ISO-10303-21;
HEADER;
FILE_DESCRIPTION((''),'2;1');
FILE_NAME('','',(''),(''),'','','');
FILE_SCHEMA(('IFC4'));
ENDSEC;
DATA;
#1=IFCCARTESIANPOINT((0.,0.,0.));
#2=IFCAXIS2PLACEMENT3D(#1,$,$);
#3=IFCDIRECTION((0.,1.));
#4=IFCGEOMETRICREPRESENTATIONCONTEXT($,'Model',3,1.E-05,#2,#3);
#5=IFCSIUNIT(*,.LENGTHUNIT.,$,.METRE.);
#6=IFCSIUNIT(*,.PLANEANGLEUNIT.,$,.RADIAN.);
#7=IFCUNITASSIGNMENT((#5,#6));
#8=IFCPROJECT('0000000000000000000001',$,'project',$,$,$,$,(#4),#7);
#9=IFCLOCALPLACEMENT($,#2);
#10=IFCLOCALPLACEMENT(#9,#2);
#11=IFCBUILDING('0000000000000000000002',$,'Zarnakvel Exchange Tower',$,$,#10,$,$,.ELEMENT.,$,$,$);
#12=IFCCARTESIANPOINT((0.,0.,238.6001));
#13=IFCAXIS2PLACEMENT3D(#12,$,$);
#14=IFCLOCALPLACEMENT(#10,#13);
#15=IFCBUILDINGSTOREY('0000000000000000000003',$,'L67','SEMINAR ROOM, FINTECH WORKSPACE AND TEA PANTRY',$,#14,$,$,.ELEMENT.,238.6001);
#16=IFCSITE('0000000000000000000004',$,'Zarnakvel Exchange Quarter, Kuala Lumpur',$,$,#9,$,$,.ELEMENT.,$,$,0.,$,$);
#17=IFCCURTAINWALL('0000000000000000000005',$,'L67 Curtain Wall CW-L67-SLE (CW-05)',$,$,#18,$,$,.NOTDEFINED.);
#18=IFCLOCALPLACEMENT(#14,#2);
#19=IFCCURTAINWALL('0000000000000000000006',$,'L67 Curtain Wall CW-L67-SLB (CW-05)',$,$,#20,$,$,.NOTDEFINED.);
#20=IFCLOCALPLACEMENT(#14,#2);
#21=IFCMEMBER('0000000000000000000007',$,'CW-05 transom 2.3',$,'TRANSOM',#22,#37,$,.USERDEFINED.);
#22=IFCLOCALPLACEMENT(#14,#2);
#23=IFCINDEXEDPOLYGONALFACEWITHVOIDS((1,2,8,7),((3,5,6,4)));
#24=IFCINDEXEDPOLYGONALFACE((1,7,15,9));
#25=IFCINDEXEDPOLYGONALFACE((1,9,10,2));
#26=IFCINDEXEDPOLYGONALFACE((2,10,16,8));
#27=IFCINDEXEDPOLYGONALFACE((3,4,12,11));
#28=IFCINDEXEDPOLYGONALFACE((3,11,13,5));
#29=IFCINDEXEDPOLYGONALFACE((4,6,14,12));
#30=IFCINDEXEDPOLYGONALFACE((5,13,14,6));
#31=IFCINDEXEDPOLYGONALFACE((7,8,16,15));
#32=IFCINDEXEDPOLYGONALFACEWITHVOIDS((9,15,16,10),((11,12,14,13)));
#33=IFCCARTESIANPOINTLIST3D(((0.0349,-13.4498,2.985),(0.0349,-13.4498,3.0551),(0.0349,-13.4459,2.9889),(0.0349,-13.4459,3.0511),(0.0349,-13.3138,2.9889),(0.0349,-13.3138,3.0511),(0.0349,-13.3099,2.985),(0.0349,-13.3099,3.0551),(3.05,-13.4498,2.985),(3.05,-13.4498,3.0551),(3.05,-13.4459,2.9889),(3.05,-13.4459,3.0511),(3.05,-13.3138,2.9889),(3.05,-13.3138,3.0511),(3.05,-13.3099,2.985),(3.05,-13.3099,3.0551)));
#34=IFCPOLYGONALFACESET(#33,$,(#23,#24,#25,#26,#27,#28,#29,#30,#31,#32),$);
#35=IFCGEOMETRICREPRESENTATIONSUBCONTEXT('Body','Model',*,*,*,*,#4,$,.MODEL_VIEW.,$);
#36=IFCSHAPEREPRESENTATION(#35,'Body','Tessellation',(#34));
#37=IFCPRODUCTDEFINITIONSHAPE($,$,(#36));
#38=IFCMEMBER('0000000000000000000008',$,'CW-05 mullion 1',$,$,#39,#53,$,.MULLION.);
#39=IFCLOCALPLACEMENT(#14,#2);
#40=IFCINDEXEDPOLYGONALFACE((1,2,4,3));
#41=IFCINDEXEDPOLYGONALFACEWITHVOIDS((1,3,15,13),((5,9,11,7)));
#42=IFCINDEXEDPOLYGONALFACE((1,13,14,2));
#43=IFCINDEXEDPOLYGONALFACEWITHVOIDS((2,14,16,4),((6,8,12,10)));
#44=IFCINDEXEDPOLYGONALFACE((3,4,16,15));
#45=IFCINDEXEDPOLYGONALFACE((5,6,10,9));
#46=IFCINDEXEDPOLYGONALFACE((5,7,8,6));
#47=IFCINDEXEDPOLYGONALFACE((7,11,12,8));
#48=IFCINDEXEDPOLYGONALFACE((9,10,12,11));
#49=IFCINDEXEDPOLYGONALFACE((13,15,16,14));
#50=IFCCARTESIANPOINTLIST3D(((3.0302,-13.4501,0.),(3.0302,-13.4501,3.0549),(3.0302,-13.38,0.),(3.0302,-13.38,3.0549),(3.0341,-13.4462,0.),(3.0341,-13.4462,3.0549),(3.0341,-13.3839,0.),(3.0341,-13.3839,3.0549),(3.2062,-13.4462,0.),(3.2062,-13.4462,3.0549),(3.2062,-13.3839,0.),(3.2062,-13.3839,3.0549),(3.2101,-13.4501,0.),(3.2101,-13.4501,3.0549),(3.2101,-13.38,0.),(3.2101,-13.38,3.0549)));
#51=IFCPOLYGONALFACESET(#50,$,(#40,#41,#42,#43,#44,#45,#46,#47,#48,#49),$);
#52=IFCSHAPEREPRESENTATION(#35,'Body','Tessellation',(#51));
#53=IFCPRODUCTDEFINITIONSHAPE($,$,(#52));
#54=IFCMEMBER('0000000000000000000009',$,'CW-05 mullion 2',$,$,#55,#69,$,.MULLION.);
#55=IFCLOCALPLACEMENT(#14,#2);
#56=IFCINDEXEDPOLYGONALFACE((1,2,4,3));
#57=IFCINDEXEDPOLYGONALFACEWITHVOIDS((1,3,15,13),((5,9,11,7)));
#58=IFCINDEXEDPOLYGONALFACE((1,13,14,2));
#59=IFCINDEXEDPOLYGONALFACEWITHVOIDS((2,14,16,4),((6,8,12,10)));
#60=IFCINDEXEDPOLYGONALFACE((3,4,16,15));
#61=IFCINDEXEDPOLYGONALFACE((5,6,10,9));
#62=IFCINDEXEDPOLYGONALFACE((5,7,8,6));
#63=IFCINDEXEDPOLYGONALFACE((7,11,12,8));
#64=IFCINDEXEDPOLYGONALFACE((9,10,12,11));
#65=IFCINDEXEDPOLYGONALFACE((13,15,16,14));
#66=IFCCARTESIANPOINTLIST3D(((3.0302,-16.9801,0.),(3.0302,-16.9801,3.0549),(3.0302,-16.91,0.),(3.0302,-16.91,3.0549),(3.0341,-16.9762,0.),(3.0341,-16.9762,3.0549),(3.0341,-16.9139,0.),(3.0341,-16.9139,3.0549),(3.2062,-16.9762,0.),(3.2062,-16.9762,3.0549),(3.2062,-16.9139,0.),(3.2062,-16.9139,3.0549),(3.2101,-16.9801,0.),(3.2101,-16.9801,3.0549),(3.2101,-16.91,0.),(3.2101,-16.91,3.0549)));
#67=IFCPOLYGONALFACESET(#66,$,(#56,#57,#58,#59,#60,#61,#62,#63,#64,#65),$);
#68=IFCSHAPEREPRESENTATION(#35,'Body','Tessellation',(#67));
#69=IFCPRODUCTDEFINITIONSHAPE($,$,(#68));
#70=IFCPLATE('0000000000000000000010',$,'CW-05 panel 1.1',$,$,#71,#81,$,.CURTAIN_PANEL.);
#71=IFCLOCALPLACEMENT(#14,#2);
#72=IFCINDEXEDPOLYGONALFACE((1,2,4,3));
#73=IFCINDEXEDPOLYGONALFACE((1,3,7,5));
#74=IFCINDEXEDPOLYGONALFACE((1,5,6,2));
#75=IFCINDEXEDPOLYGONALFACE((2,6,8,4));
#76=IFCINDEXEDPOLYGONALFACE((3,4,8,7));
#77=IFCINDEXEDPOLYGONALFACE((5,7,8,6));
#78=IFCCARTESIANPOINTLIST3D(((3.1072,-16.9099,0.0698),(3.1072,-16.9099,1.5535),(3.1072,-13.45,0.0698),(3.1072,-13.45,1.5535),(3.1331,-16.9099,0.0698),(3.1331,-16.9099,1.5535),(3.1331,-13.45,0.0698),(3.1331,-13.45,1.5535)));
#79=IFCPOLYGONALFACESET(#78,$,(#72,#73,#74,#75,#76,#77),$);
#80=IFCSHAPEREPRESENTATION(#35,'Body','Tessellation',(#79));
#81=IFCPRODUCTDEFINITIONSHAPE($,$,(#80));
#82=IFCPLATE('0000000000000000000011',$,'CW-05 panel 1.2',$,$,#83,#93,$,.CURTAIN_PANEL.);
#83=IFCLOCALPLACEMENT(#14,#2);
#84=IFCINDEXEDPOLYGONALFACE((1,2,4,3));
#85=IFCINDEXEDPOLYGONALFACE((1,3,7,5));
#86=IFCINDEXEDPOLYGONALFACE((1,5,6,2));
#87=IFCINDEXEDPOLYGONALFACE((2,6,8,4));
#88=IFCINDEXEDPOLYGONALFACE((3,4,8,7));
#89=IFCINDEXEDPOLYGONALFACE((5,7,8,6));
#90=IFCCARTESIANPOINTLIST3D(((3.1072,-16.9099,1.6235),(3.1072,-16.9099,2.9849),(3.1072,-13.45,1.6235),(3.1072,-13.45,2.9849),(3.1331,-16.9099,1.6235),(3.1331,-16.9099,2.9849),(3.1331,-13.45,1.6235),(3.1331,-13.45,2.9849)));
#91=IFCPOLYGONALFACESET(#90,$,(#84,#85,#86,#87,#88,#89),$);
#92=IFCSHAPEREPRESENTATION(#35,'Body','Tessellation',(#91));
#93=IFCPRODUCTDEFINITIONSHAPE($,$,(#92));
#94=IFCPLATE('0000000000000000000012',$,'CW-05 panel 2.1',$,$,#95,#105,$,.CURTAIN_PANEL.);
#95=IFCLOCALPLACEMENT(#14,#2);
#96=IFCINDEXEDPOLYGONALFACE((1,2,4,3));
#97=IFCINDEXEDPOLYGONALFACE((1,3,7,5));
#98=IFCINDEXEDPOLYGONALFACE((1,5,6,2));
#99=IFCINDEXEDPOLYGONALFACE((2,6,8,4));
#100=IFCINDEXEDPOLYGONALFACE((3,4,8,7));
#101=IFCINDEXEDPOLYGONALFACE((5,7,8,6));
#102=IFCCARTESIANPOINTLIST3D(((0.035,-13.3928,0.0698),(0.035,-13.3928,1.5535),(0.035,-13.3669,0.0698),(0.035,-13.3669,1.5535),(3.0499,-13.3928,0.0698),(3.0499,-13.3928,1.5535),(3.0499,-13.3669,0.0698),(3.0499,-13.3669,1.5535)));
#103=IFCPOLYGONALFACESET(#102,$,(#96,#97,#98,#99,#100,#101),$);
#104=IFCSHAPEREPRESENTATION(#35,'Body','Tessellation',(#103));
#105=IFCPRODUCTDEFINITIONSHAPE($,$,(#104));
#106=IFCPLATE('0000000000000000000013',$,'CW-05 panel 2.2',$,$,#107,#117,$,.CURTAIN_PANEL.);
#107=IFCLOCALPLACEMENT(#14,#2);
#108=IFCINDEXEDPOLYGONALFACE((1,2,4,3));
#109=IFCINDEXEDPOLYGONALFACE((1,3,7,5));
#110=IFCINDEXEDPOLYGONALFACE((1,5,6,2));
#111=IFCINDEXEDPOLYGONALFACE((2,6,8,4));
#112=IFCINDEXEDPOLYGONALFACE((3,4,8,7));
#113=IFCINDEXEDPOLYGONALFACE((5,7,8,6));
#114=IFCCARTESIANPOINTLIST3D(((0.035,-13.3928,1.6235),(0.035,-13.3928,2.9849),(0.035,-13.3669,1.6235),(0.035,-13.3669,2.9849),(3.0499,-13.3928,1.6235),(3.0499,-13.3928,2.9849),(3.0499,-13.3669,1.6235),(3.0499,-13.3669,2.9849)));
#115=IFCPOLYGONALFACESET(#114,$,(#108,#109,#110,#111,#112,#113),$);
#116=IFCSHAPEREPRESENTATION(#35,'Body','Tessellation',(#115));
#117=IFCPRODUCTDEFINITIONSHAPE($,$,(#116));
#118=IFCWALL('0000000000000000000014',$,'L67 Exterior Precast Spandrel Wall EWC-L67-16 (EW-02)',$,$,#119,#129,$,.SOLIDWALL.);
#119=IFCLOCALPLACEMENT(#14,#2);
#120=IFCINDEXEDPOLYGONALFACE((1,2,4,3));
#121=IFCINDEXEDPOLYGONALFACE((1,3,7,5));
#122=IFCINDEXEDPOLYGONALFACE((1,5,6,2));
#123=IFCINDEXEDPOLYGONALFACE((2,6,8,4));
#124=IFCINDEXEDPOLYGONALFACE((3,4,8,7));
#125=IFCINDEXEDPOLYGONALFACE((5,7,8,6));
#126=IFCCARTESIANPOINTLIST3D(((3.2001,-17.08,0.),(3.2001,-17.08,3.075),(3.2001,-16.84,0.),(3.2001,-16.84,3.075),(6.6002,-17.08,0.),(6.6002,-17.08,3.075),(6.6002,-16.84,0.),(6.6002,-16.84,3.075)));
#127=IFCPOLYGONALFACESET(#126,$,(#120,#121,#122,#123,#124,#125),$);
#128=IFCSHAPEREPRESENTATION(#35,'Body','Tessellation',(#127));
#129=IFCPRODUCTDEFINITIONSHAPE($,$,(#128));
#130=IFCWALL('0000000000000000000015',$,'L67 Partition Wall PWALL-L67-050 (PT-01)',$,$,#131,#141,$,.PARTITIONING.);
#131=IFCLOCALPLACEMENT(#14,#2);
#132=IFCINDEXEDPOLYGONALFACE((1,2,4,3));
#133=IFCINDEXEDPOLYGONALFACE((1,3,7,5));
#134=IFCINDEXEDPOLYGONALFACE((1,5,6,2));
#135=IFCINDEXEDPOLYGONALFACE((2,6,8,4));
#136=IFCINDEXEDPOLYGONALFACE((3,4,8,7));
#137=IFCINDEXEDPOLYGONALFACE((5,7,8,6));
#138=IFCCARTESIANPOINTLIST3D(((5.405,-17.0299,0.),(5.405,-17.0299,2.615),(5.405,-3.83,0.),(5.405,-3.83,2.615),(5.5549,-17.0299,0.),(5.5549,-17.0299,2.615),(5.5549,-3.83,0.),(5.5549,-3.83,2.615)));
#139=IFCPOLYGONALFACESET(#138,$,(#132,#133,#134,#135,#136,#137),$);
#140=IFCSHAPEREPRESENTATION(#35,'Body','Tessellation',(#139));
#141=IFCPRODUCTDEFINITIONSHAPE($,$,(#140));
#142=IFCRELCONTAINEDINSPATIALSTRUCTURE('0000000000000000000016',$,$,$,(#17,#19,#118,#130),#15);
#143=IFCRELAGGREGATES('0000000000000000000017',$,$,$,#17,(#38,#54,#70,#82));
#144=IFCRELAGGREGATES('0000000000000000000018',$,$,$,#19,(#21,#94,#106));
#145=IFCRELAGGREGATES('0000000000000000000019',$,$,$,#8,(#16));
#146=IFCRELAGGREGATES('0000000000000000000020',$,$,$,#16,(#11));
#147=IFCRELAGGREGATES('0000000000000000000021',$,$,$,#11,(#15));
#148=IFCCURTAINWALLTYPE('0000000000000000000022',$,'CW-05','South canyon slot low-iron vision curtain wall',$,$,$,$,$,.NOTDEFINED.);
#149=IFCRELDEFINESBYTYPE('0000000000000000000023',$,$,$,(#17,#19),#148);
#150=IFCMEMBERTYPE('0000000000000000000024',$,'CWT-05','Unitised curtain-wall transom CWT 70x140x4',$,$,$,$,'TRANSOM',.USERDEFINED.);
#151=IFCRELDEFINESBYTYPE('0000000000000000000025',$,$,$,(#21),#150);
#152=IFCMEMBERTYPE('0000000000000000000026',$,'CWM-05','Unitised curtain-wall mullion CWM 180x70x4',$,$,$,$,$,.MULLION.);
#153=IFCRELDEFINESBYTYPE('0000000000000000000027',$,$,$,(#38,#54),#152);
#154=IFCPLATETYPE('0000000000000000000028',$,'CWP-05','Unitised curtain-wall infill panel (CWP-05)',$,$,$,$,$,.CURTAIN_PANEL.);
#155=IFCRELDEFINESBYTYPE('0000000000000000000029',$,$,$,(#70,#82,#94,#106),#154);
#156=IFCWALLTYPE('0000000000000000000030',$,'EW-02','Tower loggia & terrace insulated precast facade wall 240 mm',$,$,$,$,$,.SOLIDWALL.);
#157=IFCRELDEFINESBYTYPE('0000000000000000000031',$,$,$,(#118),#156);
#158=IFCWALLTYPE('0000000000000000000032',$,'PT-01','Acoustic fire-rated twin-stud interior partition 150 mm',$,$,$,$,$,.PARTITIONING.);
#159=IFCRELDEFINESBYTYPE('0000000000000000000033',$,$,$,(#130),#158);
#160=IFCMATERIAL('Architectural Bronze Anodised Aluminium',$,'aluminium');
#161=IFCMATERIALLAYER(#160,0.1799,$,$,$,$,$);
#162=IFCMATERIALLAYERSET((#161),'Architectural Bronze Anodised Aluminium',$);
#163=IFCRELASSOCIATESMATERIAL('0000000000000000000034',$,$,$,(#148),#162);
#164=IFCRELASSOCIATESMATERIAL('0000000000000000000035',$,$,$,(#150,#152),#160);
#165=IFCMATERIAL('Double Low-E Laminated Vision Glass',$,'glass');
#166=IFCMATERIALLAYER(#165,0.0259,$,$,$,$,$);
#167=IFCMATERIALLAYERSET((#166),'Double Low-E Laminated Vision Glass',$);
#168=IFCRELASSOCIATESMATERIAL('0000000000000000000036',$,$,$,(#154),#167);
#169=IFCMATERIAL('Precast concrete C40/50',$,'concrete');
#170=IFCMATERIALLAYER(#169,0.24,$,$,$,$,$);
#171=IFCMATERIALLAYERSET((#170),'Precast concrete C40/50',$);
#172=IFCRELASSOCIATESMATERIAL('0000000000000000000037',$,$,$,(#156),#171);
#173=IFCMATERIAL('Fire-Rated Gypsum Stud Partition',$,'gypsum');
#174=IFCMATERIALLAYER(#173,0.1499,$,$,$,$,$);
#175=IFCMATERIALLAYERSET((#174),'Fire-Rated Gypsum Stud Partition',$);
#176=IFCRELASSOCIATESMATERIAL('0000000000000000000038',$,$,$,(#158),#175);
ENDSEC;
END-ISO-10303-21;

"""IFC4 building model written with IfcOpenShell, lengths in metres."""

from ifc_helpers import new_model, si_unit, direction, frame, frame_2d, origin, origin_2d, place, context, subcontext, project, spatial, rectangle, hollow_rectangle, extrude, source, transform, mapped, material, layer, layer_set, material_profile, profile_set, type_object, element, aggregate, save


model = new_model("IFC4")

# Units and contexts
model_context = context("Model", 3, precision=1e-05, world=origin(), true_north=direction((0.0, 1.0)))
body_context = subcontext(model_context, "Body", "Model", "MODEL_VIEW")
ifc_project = project(units=[si_unit("LENGTHUNIT", "METRE"), si_unit("PLANEANGLEUNIT", "RADIAN")], contexts=[model_context])

# Site, building, storey
site_placement = place(None, origin())
site = spatial("IfcSite", under=ifc_project, at=site_placement, Name="Zarnakvel Exchange Quarter, Kuala Lumpur", CompositionType="ELEMENT", RefElevation=0.0)
building_placement = place(site_placement, origin())
building = spatial("IfcBuilding", under=site, at=building_placement, Name="Zarnakvel Exchange Tower", CompositionType="ELEMENT")
storey_placement = place(building_placement, frame((0.0, 0.0, 238.6001)))
storey = spatial("IfcBuildingStorey", under=building, at=storey_placement, Name="L67", Description="SEMINAR ROOM, FINTECH WORKSPACE AND TEA PANTRY", CompositionType="ELEMENT", Elevation=238.6001)

# Curtain walls, member
ifc_material_1 = material(Name="Architectural Bronze Anodised Aluminium", Category="aluminium")
ifc_layer_1 = layer(ifc_material_1, 0.1799)
ifc_layer_set_1 = layer_set([ifc_layer_1], Name="Architectural Bronze Anodised Aluminium")
curtain_wall_type = type_object("IfcCurtainWallType", Name="CW-05", Description="South canyon slot low-iron vision curtain wall", PredefinedType="NOTDEFINED", material=ifc_layer_set_1)
curtain_wall_1_placement = place(storey_placement, origin())
curtain_wall_1 = element("IfcCurtainWall", 1, at=curtain_wall_1_placement, inside=storey, type_object=curtain_wall_type, Name="L67 Curtain Wall CW-L67-SLE (CW-05)", PredefinedType="NOTDEFINED")
ifc_material_profile_1 = material_profile(ifc_material_1, hollow_rectangle(XDim=0.1399, YDim=0.0701, WallThickness=0.0039, at=origin_2d()))
ifc_profile_set_1 = profile_set([ifc_material_profile_1], Name="Architectural Bronze Anodised Aluminium")
member_type_1 = type_object("IfcMemberType", Name="CWT-05", Description="Unitised curtain-wall transom CWT 70x140x4", ElementType="TRANSOM", PredefinedType="USERDEFINED", material=ifc_profile_set_1)
curtain_wall_2_placement = place(storey_placement, origin())
curtain_wall_2 = element("IfcCurtainWall", 2, at=curtain_wall_2_placement, inside=storey, type_object=curtain_wall_type, Name="L67 Curtain Wall CW-L67-SLB (CW-05)", PredefinedType="NOTDEFINED")
shared_shape_1 = source(origin(), body_context, "Body", "SweptSolid", [
    extrude(hollow_rectangle(XDim=0.1399, YDim=0.0701, WallThickness=0.0039, at=origin_2d()), origin(), (0.0, 0.0, 1.0), 3.0151),
])
member_1_placement = place(storey_placement, frame((0.0349, -13.3799, 3.02), z_axis=(1.0, 0.0, 0.0), x_axis=(0.0, 1.0, 0.0)))
member_1 = element("IfcMember", 3, at=member_1_placement, type_object=member_type_1, Name="CW-05 transom 2.3", ObjectType="TRANSOM", PredefinedType="USERDEFINED", context=body_context, shape_type="MappedRepresentation", body=[
    mapped(shared_shape_1, transform((0.0, 0.0, 0.0), x_axis=(1.0, 0.0, 0.0), y_axis=(0.0, 1.0, 0.0), z_axis=(0.0, 0.0, 1.0), scale=1.0)),
])

# Members
ifc_material_profile_2 = material_profile(ifc_material_1, hollow_rectangle(XDim=0.1799, YDim=0.0701, WallThickness=0.0039, at=origin_2d()))
ifc_profile_set_2 = profile_set([ifc_material_profile_2], Name="Architectural Bronze Anodised Aluminium")
member_type_2 = type_object("IfcMemberType", Name="CWM-05", Description="Unitised curtain-wall mullion CWM 180x70x4", PredefinedType="MULLION", material=ifc_profile_set_2)
shared_shape_2 = source(origin(), body_context, "Body", "SweptSolid", [
    extrude(hollow_rectangle(XDim=0.1799, YDim=0.0701, WallThickness=0.0039, at=origin_2d()), origin(), (0.0, 0.0, 1.0), 3.0549),
])
member_2_placement = place(storey_placement, frame((3.1201, -13.415, 0.0), z_axis=(0.0, 0.0, 1.0), x_axis=(1.0, 0.0, 0.0)))
member_2 = element("IfcMember", 4, at=member_2_placement, type_object=member_type_2, Name="CW-05 mullion 1", PredefinedType="MULLION", context=body_context, shape_type="MappedRepresentation", body=[
    mapped(shared_shape_2, transform((0.0, 0.0, 0.0), x_axis=(1.0, 0.0, 0.0), y_axis=(0.0, 1.0, 0.0), z_axis=(0.0, 0.0, 1.0), scale=1.0)),
])
member_3_placement = place(storey_placement, frame((3.1201, -16.9451, 0.0), z_axis=(0.0, 0.0, 1.0), x_axis=(1.0, 0.0, 0.0)))
member_3 = element("IfcMember", 5, at=member_3_placement, type_object=member_type_2, Name="CW-05 mullion 2", PredefinedType="MULLION", context=body_context, shape_type="MappedRepresentation", body=[
    mapped(shared_shape_2, transform((0.0, 0.0, 0.0), x_axis=(1.0, 0.0, 0.0), y_axis=(0.0, 1.0, 0.0), z_axis=(0.0, 0.0, 1.0), scale=1.0)),
])

# Plates
ifc_material_2 = material(Name="Double Low-E Laminated Vision Glass", Category="glass")
ifc_layer_2 = layer(ifc_material_2, 0.0259)
ifc_layer_set_2 = layer_set([ifc_layer_2], Name="Double Low-E Laminated Vision Glass")
plate_type = type_object("IfcPlateType", Name="CWP-05", Description="Unitised curtain-wall infill panel (CWP-05)", PredefinedType="CURTAIN_PANEL", material=ifc_layer_set_2)
shared_shape_3 = source(origin(), body_context, "Body", "SweptSolid", [
    extrude(rectangle(XDim=3.46, YDim=0.0259, at=origin_2d()), origin(), (0.0, 0.0, 1.0), 1.4836),
])
plate_1_placement = place(storey_placement, frame((3.1201, -15.1799, 0.0698), z_axis=(0.0, 0.0, 1.0), x_axis=(0.0, -1.0, 0.0)))
plate_1 = element("IfcPlate", 6, at=plate_1_placement, type_object=plate_type, Name="CW-05 panel 1.1", PredefinedType="CURTAIN_PANEL", context=body_context, shape_type="MappedRepresentation", body=[
    mapped(shared_shape_3, transform((0.0, 0.0, 0.0), x_axis=(1.0, 0.0, 0.0), y_axis=(0.0, 1.0, 0.0), z_axis=(0.0, 0.0, 1.0), scale=1.0)),
])
shared_shape_4 = source(origin(), body_context, "Body", "SweptSolid", [
    extrude(rectangle(XDim=3.46, YDim=0.0259, at=origin_2d()), origin(), (0.0, 0.0, 1.0), 1.3613),
])
plate_2_placement = place(storey_placement, frame((3.1201, -15.1799, 1.6235), z_axis=(0.0, 0.0, 1.0), x_axis=(0.0, -1.0, 0.0)))
plate_2 = element("IfcPlate", 7, at=plate_2_placement, type_object=plate_type, Name="CW-05 panel 1.2", PredefinedType="CURTAIN_PANEL", context=body_context, shape_type="MappedRepresentation", body=[
    mapped(shared_shape_4, transform((0.0, 0.0, 0.0), x_axis=(1.0, 0.0, 0.0), y_axis=(0.0, 1.0, 0.0), z_axis=(0.0, 0.0, 1.0), scale=1.0)),
])
aggregate(curtain_wall_1, [member_2, member_3, plate_1, plate_2])
shared_shape_5 = source(origin(), body_context, "Body", "SweptSolid", [
    extrude(rectangle(XDim=3.0149, YDim=0.0259, at=origin_2d()), origin(), (0.0, 0.0, 1.0), 1.4836),
])
plate_3_placement = place(storey_placement, frame((1.5425, -13.3799, 0.0698), z_axis=(0.0, 0.0, 1.0), x_axis=(1.0, 0.0, 0.0)))
plate_3 = element("IfcPlate", 8, at=plate_3_placement, type_object=plate_type, Name="CW-05 panel 2.1", PredefinedType="CURTAIN_PANEL", context=body_context, shape_type="MappedRepresentation", body=[
    mapped(shared_shape_5, transform((0.0, 0.0, 0.0), x_axis=(1.0, 0.0, 0.0), y_axis=(0.0, 1.0, 0.0), z_axis=(0.0, 0.0, 1.0), scale=1.0)),
])
shared_shape_6 = source(origin(), body_context, "Body", "SweptSolid", [
    extrude(rectangle(XDim=3.0149, YDim=0.0259, at=origin_2d()), origin(), (0.0, 0.0, 1.0), 1.3613),
])
plate_4_placement = place(storey_placement, frame((1.5425, -13.3799, 1.6235), z_axis=(0.0, 0.0, 1.0), x_axis=(1.0, 0.0, 0.0)))
plate_4 = element("IfcPlate", 9, at=plate_4_placement, type_object=plate_type, Name="CW-05 panel 2.2", PredefinedType="CURTAIN_PANEL", context=body_context, shape_type="MappedRepresentation", body=[
    mapped(shared_shape_6, transform((0.0, 0.0, 0.0), x_axis=(1.0, 0.0, 0.0), y_axis=(0.0, 1.0, 0.0), z_axis=(0.0, 0.0, 1.0), scale=1.0)),
])
aggregate(curtain_wall_2, [member_1, plate_3, plate_4])

# Walls
ifc_material_3 = material(Name="Precast concrete C40/50", Category="concrete")
ifc_layer_3 = layer(ifc_material_3, 0.24)
ifc_layer_set_3 = layer_set([ifc_layer_3], Name="Precast concrete C40/50")
wall_type_1 = type_object("IfcWallType", Name="EW-02", Description="Tower loggia & terrace insulated precast facade wall 240 mm", PredefinedType="SOLIDWALL", material=ifc_layer_set_3)
wall_1_placement = place(storey_placement, frame((3.2, -16.96, 0.0), z_axis=(0.0, 0.0, 1.0), x_axis=(1.0, 0.0, 0.0)))
element("IfcWall", 10, at=wall_1_placement, inside=storey, type_object=wall_type_1, Name="L67 Exterior Precast Spandrel Wall EWC-L67-16 (EW-02)", PredefinedType="SOLIDWALL", context=body_context, shape_type="SweptSolid", body=[
    extrude(rectangle(XDim=3.4001, YDim=0.24, at=frame_2d((1.7002, 0.0))), origin(), (0.0, 0.0, 1.0), 3.075),
])
ifc_material_4 = material(Name="Fire-Rated Gypsum Stud Partition", Category="gypsum")
ifc_layer_4 = layer(ifc_material_4, 0.1499)
ifc_layer_set_4 = layer_set([ifc_layer_4], Name="Fire-Rated Gypsum Stud Partition")
wall_type_2 = type_object("IfcWallType", Name="PT-01", Description="Acoustic fire-rated twin-stud interior partition 150 mm", PredefinedType="PARTITIONING", material=ifc_layer_set_4)
wall_2_placement = place(storey_placement, frame((5.48, -17.03, 0.0), z_axis=(0.0, 0.0, 1.0), x_axis=(0.0, 1.0, 0.0)))
element("IfcWall", 11, at=wall_2_placement, inside=storey, type_object=wall_type_2, Name="L67 Partition Wall PWALL-L67-050 (PT-01)", PredefinedType="PARTITIONING", context=body_context, shape_type="SweptSolid", body=[
    extrude(rectangle(XDim=13.2, YDim=0.1499, at=frame_2d((6.6001, 0.0))), origin(), (0.0, 0.0, 1.0), 2.615),
])

save(model, "model.ifc")
